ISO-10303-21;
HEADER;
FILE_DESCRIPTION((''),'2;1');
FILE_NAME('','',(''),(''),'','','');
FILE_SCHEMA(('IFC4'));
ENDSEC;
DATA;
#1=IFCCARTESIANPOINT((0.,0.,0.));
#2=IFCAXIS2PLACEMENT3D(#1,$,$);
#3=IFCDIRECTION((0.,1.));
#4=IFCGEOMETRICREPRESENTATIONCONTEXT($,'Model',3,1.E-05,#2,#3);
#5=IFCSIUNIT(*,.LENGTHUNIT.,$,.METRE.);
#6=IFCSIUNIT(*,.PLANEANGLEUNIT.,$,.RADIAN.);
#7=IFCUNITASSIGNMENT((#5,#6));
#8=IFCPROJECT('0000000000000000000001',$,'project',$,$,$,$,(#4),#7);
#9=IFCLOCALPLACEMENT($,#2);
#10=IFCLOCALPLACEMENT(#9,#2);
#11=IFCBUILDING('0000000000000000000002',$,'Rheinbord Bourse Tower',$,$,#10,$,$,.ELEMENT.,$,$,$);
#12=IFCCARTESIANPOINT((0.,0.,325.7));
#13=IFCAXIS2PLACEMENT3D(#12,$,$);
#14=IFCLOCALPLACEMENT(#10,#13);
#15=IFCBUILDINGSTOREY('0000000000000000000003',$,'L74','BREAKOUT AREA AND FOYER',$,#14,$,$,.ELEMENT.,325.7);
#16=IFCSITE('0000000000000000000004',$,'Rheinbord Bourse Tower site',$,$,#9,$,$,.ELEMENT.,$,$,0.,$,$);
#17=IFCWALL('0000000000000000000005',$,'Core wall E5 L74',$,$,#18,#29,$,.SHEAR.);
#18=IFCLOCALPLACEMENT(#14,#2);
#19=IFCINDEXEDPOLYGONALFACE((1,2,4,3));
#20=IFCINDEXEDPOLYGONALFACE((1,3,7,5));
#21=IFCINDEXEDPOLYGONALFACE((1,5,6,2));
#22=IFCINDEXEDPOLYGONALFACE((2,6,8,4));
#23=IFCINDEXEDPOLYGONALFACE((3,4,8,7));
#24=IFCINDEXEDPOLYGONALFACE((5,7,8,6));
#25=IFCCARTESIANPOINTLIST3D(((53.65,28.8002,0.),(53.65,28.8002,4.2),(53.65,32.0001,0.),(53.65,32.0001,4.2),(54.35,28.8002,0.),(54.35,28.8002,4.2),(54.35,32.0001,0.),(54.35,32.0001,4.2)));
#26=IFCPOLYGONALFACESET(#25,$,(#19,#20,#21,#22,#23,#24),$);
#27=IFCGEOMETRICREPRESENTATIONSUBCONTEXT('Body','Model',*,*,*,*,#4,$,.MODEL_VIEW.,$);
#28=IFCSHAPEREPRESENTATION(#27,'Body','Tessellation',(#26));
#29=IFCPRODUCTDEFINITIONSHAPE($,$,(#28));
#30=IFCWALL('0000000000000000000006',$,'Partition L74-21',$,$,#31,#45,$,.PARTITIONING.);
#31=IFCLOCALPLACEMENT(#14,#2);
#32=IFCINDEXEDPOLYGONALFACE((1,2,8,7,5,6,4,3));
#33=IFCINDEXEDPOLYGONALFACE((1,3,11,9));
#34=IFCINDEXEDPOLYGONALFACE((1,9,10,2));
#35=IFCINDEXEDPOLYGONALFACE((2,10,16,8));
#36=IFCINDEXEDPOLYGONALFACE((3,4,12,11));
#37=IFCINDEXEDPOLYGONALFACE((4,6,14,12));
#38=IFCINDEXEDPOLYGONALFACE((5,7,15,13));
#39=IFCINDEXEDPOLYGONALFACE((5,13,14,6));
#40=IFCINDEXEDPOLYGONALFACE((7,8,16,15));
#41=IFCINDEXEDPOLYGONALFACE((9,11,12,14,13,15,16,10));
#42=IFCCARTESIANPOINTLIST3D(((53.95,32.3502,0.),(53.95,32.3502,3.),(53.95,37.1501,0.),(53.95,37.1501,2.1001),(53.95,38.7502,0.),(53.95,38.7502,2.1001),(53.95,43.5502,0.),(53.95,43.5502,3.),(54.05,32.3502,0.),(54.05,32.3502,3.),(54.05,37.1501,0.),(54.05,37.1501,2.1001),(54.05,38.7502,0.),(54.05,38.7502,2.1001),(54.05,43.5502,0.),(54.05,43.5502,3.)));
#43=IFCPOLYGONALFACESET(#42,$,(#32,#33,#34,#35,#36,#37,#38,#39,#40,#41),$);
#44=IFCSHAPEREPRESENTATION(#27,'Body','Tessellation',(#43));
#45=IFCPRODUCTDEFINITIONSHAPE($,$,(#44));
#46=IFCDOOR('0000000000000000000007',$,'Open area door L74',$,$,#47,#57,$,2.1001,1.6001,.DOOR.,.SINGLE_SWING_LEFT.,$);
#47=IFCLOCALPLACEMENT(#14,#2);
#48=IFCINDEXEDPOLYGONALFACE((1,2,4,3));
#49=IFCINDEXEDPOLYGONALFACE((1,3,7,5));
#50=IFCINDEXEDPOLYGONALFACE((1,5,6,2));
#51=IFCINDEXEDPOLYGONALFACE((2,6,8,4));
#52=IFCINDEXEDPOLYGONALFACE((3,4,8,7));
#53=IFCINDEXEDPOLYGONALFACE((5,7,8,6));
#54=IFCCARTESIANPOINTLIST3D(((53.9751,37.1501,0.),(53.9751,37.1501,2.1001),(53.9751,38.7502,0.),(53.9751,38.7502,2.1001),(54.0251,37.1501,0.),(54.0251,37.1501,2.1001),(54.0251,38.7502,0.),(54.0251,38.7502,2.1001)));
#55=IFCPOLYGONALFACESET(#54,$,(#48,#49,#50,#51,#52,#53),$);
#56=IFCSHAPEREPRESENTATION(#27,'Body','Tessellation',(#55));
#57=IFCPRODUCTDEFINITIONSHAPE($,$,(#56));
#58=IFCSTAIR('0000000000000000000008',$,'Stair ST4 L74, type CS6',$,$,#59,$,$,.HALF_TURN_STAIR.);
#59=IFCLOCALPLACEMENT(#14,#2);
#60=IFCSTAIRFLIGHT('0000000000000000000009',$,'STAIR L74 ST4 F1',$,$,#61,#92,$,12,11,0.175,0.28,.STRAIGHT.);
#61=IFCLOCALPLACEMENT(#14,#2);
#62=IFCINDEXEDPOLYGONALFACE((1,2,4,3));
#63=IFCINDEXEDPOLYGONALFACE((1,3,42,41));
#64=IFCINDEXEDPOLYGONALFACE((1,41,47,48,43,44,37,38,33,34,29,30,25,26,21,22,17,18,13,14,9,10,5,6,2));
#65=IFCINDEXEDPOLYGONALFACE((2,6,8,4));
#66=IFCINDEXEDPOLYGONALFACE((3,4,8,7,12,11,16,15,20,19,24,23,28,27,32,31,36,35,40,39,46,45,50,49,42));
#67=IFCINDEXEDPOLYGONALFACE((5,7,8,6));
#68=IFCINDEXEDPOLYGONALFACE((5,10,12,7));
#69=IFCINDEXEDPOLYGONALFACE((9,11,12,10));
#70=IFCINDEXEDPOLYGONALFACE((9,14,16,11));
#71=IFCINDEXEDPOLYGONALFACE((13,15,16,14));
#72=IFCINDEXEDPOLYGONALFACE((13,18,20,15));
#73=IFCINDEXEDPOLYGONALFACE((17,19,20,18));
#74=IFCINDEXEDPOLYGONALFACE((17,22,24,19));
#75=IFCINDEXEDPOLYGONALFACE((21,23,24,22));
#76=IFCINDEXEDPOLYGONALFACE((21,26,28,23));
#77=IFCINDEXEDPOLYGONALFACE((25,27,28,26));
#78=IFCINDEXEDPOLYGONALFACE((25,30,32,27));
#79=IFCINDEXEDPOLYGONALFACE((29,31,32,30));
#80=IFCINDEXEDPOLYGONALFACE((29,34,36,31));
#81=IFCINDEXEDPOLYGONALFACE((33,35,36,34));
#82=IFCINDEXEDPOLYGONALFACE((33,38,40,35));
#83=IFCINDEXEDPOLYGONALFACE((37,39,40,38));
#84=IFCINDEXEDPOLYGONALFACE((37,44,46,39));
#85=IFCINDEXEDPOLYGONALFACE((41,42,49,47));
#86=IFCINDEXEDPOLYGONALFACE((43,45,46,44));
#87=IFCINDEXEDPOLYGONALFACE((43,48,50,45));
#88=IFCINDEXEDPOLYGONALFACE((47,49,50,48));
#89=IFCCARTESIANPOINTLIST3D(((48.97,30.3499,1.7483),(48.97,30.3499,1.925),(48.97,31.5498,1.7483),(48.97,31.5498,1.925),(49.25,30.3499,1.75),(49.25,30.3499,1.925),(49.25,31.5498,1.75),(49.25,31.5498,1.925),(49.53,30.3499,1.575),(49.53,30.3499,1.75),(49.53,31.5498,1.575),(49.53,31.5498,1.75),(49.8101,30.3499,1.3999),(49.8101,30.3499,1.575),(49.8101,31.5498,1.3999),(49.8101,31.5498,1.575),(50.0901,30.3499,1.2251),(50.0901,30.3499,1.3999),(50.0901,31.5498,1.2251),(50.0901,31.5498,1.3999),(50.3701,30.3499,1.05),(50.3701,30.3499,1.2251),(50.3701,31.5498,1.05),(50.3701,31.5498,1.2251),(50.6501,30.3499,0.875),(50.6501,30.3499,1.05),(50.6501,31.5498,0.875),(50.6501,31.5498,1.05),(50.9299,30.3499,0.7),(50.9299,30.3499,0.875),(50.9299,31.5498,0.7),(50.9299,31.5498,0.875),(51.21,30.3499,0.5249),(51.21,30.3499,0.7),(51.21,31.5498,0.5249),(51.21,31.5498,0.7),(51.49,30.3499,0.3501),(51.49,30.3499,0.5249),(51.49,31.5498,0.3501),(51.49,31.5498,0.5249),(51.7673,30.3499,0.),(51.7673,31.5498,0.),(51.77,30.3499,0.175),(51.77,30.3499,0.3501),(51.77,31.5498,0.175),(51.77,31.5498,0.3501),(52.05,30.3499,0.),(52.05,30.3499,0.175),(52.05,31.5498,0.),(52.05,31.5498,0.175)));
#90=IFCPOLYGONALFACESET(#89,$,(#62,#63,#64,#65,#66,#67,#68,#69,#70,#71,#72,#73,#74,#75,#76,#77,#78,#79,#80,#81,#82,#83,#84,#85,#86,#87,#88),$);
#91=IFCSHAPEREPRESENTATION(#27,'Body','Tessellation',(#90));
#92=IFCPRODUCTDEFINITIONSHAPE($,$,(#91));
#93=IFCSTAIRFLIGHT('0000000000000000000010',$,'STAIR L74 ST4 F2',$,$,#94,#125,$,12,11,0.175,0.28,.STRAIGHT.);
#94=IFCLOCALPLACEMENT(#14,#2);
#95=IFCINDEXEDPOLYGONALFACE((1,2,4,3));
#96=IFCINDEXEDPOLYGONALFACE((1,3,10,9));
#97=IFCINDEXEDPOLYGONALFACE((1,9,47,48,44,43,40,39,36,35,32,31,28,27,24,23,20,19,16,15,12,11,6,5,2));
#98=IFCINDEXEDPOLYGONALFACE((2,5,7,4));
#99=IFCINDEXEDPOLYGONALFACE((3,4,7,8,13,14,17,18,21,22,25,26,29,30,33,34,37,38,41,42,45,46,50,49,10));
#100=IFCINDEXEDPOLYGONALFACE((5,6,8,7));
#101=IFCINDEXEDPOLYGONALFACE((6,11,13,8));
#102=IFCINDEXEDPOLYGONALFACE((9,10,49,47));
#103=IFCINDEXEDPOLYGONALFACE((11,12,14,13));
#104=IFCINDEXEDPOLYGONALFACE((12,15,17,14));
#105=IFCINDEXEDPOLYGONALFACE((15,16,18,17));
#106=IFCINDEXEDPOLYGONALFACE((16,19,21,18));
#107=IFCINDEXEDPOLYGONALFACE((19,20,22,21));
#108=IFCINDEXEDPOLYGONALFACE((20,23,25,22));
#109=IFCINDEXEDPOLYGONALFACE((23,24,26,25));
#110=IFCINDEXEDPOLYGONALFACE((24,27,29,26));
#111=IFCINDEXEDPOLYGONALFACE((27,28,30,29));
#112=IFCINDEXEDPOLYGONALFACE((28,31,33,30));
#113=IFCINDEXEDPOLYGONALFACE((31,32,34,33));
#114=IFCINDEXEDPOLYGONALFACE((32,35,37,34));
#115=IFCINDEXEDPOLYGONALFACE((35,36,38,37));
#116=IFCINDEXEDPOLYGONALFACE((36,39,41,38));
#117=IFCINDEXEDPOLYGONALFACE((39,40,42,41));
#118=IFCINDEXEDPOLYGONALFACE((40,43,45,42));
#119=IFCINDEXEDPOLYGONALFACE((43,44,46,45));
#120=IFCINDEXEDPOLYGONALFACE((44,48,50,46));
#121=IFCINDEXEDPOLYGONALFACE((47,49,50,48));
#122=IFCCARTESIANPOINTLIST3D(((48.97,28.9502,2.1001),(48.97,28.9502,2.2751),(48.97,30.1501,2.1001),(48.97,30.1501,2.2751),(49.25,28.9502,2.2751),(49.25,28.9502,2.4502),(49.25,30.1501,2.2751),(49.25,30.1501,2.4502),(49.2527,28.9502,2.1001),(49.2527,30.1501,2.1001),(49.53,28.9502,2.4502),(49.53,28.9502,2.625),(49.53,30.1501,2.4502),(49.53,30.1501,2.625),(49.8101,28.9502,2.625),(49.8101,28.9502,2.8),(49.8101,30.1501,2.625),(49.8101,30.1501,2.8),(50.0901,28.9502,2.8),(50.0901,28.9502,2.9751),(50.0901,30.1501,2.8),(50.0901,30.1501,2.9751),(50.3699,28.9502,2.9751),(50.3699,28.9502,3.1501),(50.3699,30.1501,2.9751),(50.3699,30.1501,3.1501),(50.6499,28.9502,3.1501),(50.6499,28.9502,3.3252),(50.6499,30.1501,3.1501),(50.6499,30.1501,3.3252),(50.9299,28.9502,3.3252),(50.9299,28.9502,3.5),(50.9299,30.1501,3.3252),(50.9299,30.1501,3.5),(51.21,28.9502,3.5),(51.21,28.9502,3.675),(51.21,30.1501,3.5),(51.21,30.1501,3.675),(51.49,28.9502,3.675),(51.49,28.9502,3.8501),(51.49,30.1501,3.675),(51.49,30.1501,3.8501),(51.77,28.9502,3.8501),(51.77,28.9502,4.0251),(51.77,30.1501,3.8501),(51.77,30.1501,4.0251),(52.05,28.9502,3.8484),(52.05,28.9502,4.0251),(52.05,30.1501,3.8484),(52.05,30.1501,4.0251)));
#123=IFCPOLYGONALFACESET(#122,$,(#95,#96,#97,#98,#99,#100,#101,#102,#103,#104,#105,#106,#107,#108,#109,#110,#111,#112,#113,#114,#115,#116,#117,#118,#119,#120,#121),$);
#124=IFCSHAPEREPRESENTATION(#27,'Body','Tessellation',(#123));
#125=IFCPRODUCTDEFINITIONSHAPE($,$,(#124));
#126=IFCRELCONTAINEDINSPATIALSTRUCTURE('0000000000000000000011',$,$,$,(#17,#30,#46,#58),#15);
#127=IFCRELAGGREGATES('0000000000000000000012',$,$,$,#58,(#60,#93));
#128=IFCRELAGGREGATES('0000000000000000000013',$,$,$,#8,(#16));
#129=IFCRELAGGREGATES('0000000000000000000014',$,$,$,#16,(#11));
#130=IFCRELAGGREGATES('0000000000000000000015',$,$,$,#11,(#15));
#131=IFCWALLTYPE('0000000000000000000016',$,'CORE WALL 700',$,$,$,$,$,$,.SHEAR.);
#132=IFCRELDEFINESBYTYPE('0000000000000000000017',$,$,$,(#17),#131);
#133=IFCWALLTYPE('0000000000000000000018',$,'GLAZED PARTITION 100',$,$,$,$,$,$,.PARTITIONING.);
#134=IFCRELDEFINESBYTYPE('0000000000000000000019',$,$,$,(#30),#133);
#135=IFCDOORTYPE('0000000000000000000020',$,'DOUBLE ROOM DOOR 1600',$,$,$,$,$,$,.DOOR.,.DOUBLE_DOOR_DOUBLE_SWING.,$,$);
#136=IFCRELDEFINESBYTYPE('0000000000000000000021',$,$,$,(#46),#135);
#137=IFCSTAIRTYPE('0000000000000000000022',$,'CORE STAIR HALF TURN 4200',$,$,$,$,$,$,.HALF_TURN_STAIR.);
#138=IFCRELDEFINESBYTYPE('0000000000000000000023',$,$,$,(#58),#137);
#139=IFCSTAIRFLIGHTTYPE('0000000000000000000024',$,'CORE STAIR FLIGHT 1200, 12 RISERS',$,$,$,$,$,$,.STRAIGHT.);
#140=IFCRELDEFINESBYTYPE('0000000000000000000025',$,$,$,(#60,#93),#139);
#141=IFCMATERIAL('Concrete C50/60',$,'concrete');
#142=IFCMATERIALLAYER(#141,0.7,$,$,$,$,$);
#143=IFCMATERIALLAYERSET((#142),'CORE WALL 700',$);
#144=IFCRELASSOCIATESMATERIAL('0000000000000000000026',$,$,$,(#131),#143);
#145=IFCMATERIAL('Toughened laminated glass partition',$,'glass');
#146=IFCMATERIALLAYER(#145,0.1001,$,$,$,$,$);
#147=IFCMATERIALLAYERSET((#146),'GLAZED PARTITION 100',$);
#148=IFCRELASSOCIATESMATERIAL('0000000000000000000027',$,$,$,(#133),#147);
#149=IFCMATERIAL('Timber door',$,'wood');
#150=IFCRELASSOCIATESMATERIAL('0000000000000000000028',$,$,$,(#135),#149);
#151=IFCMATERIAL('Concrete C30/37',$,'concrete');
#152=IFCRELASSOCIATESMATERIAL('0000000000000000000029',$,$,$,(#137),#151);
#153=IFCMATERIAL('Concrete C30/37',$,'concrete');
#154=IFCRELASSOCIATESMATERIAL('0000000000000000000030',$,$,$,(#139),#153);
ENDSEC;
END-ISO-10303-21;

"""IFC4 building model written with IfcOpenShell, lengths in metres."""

from ifc_helpers import new_model, si_unit, direction, frame, frame_2d, origin, place, context, subcontext, project, spatial, polyline, rectangle, outline, extrude, material, layer, layer_set, type_object, element, fill, aggregate, save


model = new_model("IFC4")

# Units and contexts
model_context = context("Model", 3, precision=1e-05, world=origin(), true_north=direction((0.0, 1.0)))
body_context = subcontext(model_context, "Body", "Model", "MODEL_VIEW")
ifc_project = project(units=[si_unit("LENGTHUNIT", "METRE"), si_unit("PLANEANGLEUNIT", "RADIAN")], contexts=[model_context])

# Site, building, storey
site_placement = place(None, origin())
site = spatial("IfcSite", under=ifc_project, at=site_placement, Name="Rheinbord Bourse Tower site", CompositionType="ELEMENT", RefElevation=0.0)
building_placement = place(site_placement, origin())
building = spatial("IfcBuilding", under=site, at=building_placement, Name="Rheinbord Bourse Tower", CompositionType="ELEMENT")
storey_placement = place(building_placement, frame((0.0, 0.0, 325.7)))
storey = spatial("IfcBuildingStorey", under=building, at=storey_placement, Name="L74", Description="BREAKOUT AREA AND FOYER", CompositionType="ELEMENT", Elevation=325.7)

# Shared definitions
ifc_material_1 = material(Name="Concrete C50/60", Category="concrete")
ifc_layer_1 = layer(ifc_material_1, 0.7)
ifc_layer_set_1 = layer_set([ifc_layer_1], Name="CORE WALL 700")
wall_type_1 = type_object("IfcWallType", Name="CORE WALL 700", PredefinedType="SHEAR", material=ifc_layer_set_1)

# Wall
wall_1_placement = place(storey_placement, frame((54.0, 28.8, 0.0), z_axis=(0.0, 0.0, 1.0), x_axis=(0.0, 1.0, 0.0)))
element("IfcWall", 1, at=wall_1_placement, inside=storey, type_object=wall_type_1, Name="Core wall E5 L74", PredefinedType="SHEAR", context=body_context, shape_type="SweptSolid", body=[
    extrude(rectangle(XDim=3.2, YDim=0.7, at=frame_2d((1.6001, 0.0))), origin(), (0.0, 0.0, 1.0), 4.2),
])

# Wall, opening, door
ifc_material_2 = material(Name="Toughened laminated glass partition", Category="glass")
ifc_layer_2 = layer(ifc_material_2, 0.1001)
ifc_layer_set_2 = layer_set([ifc_layer_2], Name="GLAZED PARTITION 100")
wall_type_2 = type_object("IfcWallType", Name="GLAZED PARTITION 100", PredefinedType="PARTITIONING", material=ifc_layer_set_2)
wall_2_placement = place(storey_placement, frame((54.0, 32.3501, 0.0), z_axis=(0.0, 0.0, 1.0), x_axis=(0.0, 1.0, 0.0)))
wall_2 = element("IfcWall", 2, at=wall_2_placement, inside=storey, type_object=wall_type_2, Name="Partition L74-21", PredefinedType="PARTITIONING", context=body_context, shape_type="SweptSolid", body=[
    extrude(rectangle(XDim=11.2, YDim=0.1001, at=frame_2d((5.6001, 0.0))), origin(), (0.0, 0.0, 1.0), 3.0),
])
opening_1_placement = place(wall_2_placement, frame((4.8, 0.0, 0.0)))
opening_1 = element("IfcOpeningElement", 3, at=opening_1_placement, cuts=wall_2, PredefinedType="OPENING", context=body_context, shape_type="SweptSolid", body=[
    extrude(rectangle(XDim=1.6001, YDim=2.1001, at=frame_2d((0.8, 1.05))), frame((0.0, 0.0601, 0.0), z_axis=(0.0, -1.0, 0.0), x_axis=(1.0, 0.0, 0.0)), (0.0, 0.0, 1.0), 0.1201),
])
ifc_material_3 = material(Name="Timber door", Category="wood")
door_type_1 = type_object("IfcDoorType", Name="DOUBLE ROOM DOOR 1600", OperationType="DOUBLE_DOOR_DOUBLE_SWING", PredefinedType="DOOR", material=ifc_material_3)
door_1_placement = place(opening_1_placement, origin())
door_1 = element("IfcDoor", 4, at=door_1_placement, inside=storey, type_object=door_type_1, Name="Open area door L74", OperationType="SINGLE_SWING_LEFT", OverallHeight=2.1001, OverallWidth=1.6001, PredefinedType="DOOR", context=body_context, shape_type="SweptSolid", body=[
    extrude(rectangle(XDim=1.6001, YDim=2.1001, at=frame_2d((0.8, 1.05))), frame((0.0, 0.0249, 0.0), z_axis=(0.0, -1.0, 0.0), x_axis=(1.0, 0.0, 0.0)), (0.0, 0.0, 1.0), 0.05),
])
fill(opening_1, door_1)

# Stair, stair flights
ifc_material_4 = material(Name="Concrete C30/37", Category="concrete")
stair_type = type_object("IfcStairType", Name="CORE STAIR HALF TURN 4200", PredefinedType="HALF_TURN_STAIR", material=ifc_material_4)
stair_placement = place(storey_placement, origin())
stair = element("IfcStair", 5, at=stair_placement, inside=storey, type_object=stair_type, Name="Stair ST4 L74, type CS6", PredefinedType="HALF_TURN_STAIR")
ifc_material_5 = material(Name="Concrete C30/37", Category="concrete")
stair_flight_type = type_object("IfcStairFlightType", Name="CORE STAIR FLIGHT 1200, 12 RISERS", PredefinedType="STRAIGHT", material=ifc_material_5)
stair_flight_1_placement = place(storey_placement, frame((52.05, 30.95, 0.0), z_axis=(0.0, 0.0, 1.0), x_axis=(-1.0, 0.0, 0.0)))
stair_flight_1 = element("IfcStairFlight", 6, at=stair_flight_1_placement, type_object=stair_flight_type, Name="STAIR L74 ST4 F1", NumberOfRisers=12, NumberOfTreads=11, PredefinedType="STRAIGHT", RiserHeight=0.175, TreadLength=0.28, context=body_context, shape_type="SweptSolid", body=[
    extrude(outline(polyline([(0.0, 0.0), (0.0, 0.175), (0.28, 0.175), (0.28, 0.3501), (0.5601, 0.3501), (0.5601, 0.5249), (0.8401, 0.5249), (0.8401, 0.7), (1.1201, 0.7), (1.1201, 0.875), (1.3999, 0.875), (1.3999, 1.05), (1.6799, 1.05), (1.6799, 1.2251), (1.96, 1.2251), (1.96, 1.3999), (2.24, 1.3999), (2.24, 1.575), (2.52, 1.575), (2.52, 1.75), (2.8, 1.75), (2.8, 1.925), (3.0801, 1.925), (3.0801, 2.1001), (3.0801, 1.7483), (0.2827, 0.0), (0.0, 0.0)])), frame((0.0, 0.6001, 0.0), z_axis=(0.0, -1.0, 0.0), x_axis=(1.0, 0.0, 0.0)), (0.0, 0.0, 1.0), 1.2),
])
stair_flight_2_placement = place(storey_placement, frame((48.97, 29.55, 2.1001), z_axis=(0.0, 0.0, 1.0), x_axis=(1.0, 0.0, 0.0)))
stair_flight_2 = element("IfcStairFlight", 7, at=stair_flight_2_placement, type_object=stair_flight_type, Name="STAIR L74 ST4 F2", NumberOfRisers=12, NumberOfTreads=11, PredefinedType="STRAIGHT", RiserHeight=0.175, TreadLength=0.28, context=body_context, shape_type="SweptSolid", body=[
    extrude(outline(polyline([(0.0, 0.0), (0.0, 0.175), (0.28, 0.175), (0.28, 0.3501), (0.5601, 0.3501), (0.5601, 0.5249), (0.8401, 0.5249), (0.8401, 0.7), (1.1201, 0.7), (1.1201, 0.875), (1.3999, 0.875), (1.3999, 1.05), (1.6799, 1.05), (1.6799, 1.2251), (1.96, 1.2251), (1.96, 1.3999), (2.24, 1.3999), (2.24, 1.575), (2.52, 1.575), (2.52, 1.75), (2.8, 1.75), (2.8, 1.925), (3.0801, 1.925), (3.0801, 2.1001), (3.0801, 1.7483), (0.2827, 0.0), (0.0, 0.0)])), frame((0.0, 0.6001, 0.0), z_axis=(0.0, -1.0, 0.0), x_axis=(1.0, 0.0, 0.0)), (0.0, 0.0, 1.0), 1.2),
])
aggregate(stair, [stair_flight_1, stair_flight_2])

save(model, "model.ifc")
